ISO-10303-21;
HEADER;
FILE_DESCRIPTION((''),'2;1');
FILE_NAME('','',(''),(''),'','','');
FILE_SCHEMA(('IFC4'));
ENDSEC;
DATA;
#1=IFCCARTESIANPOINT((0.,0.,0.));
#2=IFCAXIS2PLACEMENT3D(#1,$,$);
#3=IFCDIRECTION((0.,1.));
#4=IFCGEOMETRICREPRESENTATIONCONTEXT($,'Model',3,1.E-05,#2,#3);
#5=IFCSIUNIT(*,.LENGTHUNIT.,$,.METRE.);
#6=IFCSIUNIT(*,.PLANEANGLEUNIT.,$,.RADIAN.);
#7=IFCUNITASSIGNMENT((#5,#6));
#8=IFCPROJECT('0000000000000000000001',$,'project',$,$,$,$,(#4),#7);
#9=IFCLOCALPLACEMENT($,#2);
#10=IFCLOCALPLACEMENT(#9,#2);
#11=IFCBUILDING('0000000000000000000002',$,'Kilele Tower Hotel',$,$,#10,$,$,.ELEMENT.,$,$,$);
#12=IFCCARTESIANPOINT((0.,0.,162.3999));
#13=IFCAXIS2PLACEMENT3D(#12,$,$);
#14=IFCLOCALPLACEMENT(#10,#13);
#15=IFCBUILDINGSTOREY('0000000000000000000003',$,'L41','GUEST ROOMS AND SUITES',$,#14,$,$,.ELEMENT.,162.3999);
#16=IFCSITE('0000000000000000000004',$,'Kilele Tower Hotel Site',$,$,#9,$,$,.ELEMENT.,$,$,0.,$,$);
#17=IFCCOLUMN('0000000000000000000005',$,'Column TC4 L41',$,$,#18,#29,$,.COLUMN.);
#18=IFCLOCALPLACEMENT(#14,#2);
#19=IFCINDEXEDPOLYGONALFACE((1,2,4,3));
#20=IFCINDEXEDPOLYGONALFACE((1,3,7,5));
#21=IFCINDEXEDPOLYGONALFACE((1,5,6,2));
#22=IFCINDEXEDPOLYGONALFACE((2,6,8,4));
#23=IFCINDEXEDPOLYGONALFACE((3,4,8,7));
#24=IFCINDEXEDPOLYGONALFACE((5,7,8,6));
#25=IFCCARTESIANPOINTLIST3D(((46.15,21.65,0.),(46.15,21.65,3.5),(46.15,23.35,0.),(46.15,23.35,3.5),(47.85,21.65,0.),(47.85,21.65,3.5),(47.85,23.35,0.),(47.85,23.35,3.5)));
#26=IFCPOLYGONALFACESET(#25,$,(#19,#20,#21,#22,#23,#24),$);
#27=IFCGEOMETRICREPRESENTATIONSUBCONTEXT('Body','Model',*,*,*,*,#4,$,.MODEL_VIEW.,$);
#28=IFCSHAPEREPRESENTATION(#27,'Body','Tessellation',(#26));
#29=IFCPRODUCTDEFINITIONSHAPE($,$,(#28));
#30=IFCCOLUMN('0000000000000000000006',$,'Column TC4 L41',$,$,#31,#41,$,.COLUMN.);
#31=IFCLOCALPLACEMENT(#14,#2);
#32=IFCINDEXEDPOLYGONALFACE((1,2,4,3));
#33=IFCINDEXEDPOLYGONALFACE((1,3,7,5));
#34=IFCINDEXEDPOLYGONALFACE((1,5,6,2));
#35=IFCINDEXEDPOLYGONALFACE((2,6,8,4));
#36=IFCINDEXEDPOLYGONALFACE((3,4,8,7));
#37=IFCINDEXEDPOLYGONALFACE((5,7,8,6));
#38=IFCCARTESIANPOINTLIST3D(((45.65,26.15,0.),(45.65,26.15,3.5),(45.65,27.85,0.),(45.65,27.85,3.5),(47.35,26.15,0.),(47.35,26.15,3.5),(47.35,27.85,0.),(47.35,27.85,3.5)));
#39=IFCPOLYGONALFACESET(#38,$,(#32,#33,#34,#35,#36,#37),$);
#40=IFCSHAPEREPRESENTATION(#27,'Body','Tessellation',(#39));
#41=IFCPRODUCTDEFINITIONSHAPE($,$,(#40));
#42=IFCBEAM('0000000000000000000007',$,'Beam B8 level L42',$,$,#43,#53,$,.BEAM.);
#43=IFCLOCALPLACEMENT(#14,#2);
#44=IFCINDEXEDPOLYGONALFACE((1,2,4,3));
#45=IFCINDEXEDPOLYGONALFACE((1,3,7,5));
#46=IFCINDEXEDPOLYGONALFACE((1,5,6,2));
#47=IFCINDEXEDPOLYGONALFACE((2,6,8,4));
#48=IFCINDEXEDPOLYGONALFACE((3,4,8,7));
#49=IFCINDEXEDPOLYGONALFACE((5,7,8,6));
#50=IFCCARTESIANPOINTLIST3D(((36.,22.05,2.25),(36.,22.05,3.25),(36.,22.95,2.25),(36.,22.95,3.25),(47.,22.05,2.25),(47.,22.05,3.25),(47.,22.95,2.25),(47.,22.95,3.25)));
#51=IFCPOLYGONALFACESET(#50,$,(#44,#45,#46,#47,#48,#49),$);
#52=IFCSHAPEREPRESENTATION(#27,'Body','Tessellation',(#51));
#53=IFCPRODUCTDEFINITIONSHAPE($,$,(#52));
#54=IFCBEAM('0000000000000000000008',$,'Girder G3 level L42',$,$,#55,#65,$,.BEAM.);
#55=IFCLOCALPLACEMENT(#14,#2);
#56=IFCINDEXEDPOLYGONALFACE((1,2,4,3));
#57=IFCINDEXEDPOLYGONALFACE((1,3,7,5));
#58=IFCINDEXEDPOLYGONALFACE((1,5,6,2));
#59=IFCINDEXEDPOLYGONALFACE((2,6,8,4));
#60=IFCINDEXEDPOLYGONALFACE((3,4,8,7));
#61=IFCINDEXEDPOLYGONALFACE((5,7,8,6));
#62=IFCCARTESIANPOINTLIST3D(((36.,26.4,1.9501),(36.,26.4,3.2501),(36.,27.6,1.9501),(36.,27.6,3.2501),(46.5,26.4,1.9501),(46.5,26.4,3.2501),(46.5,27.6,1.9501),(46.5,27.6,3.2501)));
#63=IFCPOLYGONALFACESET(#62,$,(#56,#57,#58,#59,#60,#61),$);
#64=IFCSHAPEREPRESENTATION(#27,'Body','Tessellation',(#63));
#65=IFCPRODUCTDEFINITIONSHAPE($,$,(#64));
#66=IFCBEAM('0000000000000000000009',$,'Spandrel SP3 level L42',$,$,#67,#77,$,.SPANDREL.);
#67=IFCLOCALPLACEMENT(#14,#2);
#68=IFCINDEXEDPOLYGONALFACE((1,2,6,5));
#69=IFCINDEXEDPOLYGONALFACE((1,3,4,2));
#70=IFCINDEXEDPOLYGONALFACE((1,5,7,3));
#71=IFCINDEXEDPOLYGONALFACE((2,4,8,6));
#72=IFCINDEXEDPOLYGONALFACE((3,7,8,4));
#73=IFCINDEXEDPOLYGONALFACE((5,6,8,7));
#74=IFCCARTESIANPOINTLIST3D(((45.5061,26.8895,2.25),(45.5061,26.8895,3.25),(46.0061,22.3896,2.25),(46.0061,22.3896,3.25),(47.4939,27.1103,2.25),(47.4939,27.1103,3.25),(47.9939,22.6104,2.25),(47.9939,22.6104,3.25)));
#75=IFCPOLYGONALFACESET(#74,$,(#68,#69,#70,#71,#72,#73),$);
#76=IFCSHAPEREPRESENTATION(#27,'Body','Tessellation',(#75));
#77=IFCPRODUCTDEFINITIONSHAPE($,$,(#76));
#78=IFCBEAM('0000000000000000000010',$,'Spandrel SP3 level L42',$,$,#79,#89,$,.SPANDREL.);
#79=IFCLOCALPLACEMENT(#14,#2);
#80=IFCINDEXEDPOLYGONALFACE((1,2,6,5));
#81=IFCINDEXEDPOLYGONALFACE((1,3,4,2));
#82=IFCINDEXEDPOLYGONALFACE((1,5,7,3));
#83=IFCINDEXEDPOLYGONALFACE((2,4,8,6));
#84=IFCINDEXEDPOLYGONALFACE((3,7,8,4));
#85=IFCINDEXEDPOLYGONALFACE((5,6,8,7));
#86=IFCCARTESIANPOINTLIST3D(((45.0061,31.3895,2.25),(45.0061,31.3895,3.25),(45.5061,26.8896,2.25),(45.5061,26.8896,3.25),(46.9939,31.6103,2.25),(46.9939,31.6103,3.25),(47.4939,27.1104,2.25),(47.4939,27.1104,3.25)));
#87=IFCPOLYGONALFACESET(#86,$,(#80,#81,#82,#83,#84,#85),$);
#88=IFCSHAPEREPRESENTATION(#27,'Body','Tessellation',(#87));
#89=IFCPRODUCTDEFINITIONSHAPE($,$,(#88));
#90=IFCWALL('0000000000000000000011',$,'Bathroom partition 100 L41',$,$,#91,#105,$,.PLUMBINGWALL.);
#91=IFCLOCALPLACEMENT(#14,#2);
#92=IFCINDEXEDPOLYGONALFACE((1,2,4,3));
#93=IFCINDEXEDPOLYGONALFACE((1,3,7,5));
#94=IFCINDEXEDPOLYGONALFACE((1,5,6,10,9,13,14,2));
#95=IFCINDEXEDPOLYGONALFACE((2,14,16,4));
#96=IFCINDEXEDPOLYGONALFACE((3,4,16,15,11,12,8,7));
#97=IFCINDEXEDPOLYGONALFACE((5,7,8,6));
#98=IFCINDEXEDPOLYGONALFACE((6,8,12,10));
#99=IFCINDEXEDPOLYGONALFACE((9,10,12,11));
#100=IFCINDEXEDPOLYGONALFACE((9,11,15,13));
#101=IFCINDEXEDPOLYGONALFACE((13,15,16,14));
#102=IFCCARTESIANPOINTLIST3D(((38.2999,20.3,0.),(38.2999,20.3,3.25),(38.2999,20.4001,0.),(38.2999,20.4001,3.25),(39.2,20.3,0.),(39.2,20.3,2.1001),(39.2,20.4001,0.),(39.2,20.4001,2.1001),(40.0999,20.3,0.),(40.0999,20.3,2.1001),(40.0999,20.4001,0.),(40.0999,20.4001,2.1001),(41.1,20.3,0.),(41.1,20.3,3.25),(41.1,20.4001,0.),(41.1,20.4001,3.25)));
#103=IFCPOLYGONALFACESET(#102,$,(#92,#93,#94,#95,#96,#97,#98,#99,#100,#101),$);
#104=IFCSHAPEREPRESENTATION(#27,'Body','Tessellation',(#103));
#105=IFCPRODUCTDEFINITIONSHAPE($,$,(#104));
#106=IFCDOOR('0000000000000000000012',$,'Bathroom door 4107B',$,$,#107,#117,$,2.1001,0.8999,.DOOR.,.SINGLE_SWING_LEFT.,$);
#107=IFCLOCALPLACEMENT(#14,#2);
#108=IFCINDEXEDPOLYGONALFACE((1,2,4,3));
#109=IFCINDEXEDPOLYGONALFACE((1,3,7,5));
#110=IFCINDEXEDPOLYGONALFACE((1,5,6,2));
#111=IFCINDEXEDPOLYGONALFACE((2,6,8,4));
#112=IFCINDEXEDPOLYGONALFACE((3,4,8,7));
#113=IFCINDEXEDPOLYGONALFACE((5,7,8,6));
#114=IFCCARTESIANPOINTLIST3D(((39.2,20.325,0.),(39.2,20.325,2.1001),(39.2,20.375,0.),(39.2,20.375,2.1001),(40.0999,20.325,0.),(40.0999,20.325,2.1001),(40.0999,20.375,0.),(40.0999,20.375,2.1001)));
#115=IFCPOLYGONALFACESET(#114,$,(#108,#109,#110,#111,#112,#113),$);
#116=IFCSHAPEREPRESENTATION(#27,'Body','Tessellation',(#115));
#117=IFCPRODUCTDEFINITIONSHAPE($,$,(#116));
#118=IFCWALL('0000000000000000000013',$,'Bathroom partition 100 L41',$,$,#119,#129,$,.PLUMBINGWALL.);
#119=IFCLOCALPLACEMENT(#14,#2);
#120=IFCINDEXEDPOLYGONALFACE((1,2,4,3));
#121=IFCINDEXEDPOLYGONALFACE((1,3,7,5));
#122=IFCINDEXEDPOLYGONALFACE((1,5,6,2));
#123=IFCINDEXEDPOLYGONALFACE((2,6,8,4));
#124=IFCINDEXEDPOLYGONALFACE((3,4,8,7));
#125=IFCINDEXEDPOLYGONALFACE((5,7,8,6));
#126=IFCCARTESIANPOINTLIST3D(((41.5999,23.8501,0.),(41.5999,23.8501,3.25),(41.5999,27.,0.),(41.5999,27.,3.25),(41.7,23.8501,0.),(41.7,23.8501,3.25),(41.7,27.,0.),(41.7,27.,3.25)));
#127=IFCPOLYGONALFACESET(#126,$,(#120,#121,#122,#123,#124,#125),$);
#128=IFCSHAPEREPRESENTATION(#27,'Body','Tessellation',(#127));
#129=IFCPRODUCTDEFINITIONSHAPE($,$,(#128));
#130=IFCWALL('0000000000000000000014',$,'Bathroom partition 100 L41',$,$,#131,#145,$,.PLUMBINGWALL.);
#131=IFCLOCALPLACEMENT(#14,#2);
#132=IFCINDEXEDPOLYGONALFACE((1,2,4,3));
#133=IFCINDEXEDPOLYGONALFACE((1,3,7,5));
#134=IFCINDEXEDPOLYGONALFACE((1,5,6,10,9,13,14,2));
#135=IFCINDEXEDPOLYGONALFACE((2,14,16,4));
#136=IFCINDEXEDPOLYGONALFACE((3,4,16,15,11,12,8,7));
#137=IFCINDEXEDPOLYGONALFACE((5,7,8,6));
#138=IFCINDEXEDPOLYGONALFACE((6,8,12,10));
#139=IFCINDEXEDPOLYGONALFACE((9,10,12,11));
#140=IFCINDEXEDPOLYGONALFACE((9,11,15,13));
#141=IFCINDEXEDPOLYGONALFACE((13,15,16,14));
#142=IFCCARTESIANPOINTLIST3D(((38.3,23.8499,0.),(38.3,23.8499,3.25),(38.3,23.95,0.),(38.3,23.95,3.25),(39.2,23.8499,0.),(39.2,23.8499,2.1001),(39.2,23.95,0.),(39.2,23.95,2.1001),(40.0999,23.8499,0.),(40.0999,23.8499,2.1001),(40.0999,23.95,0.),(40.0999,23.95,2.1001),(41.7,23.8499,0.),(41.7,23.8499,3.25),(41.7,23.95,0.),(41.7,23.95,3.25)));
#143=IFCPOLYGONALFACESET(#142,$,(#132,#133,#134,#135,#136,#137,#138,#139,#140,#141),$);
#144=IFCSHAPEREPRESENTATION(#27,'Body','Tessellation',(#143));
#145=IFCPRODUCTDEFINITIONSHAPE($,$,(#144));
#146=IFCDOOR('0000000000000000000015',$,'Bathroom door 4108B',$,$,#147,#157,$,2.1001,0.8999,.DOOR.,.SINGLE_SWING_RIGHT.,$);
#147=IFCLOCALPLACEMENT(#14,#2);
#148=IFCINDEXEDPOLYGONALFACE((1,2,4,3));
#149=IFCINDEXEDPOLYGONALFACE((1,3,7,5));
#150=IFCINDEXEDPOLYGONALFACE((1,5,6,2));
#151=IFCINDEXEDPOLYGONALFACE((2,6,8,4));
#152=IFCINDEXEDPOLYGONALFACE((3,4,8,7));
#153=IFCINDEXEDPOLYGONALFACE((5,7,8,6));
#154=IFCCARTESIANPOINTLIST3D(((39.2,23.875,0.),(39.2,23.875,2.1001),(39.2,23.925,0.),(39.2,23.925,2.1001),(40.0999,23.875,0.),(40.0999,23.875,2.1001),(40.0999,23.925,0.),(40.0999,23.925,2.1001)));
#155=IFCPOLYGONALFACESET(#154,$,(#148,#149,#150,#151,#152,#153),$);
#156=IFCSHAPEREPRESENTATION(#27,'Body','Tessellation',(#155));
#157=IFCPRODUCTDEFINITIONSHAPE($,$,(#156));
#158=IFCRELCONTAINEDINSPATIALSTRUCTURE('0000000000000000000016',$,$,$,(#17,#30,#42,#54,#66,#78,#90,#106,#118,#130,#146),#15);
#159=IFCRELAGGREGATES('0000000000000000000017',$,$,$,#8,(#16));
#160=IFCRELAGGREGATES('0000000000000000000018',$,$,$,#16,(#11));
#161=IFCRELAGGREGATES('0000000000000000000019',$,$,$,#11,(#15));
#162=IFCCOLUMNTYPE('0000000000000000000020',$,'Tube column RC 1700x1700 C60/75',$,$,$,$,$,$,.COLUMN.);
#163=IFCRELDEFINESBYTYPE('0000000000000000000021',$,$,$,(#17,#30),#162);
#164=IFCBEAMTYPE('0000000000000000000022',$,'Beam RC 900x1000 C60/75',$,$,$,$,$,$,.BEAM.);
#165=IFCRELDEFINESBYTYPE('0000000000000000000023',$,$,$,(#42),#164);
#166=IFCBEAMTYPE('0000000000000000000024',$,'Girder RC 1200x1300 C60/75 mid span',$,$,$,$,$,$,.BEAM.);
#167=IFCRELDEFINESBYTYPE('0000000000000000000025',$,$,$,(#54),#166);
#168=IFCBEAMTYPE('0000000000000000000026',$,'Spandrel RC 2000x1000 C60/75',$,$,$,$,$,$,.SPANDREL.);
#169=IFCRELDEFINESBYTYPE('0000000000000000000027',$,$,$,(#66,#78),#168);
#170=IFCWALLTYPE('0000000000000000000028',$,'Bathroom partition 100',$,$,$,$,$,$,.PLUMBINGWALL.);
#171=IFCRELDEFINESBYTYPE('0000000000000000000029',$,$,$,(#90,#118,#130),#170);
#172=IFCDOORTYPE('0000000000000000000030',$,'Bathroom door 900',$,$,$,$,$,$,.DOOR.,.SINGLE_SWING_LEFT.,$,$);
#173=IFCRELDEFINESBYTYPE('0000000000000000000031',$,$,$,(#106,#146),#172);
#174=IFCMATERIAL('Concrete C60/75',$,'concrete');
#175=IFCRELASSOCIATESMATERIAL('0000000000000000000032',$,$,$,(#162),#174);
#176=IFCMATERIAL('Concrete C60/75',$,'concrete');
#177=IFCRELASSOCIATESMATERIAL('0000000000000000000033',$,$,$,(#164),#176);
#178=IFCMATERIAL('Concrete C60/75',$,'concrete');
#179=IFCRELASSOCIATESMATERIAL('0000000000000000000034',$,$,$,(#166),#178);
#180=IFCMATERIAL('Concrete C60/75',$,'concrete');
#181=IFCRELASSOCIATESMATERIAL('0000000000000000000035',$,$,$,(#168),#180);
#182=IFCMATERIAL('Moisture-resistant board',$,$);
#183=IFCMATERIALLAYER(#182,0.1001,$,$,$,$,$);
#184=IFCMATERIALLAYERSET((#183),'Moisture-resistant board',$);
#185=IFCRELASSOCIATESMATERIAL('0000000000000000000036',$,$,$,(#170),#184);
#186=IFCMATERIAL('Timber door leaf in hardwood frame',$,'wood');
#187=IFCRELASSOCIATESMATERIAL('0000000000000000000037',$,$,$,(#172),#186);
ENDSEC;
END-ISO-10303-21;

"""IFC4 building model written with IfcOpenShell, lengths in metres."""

from ifc_helpers import new_model, si_unit, direction, frame, frame_2d, origin, origin_2d, place, context, subcontext, project, spatial, rectangle, extrude, material, layer, layer_set, material_profile, profile_set, type_object, element, fill, save


model = new_model("IFC4")

# Units and contexts
model_context = context("Model", 3, precision=1e-05, world=origin(), true_north=direction((0.0, 1.0)))
body_context = subcontext(model_context, "Body", "Model", "MODEL_VIEW")
ifc_project = project(units=[si_unit("LENGTHUNIT", "METRE"), si_unit("PLANEANGLEUNIT", "RADIAN")], contexts=[model_context])

# Site, building, storey
site_placement = place(None, origin())
site = spatial("IfcSite", under=ifc_project, at=site_placement, Name="Kilele Tower Hotel Site", CompositionType="ELEMENT", RefElevation=0.0)
building_placement = place(site_placement, origin())
building = spatial("IfcBuilding", under=site, at=building_placement, Name="Kilele Tower Hotel", CompositionType="ELEMENT")
storey_placement = place(building_placement, frame((0.0, 0.0, 162.3999)))
storey = spatial("IfcBuildingStorey", under=building, at=storey_placement, Name="L41", Description="GUEST ROOMS AND SUITES", CompositionType="ELEMENT", Elevation=162.3999)

# Columns
ifc_material_1 = material(Name="Concrete C60/75", Category="concrete")
ifc_material_profile_1 = material_profile(ifc_material_1, rectangle(XDim=1.7, YDim=1.7, at=origin_2d()))
ifc_profile_set_1 = profile_set([ifc_material_profile_1], Name="Concrete C60/75")
column_type = type_object("IfcColumnType", Name="Tube column RC 1700x1700 C60/75", PredefinedType="COLUMN", material=ifc_profile_set_1)
for number, where, z_axis, x_axis, name in (
    (1, (47.0, 22.5, 0.0), (0.0, 0.0, 1.0), (1.0, 0.0, 0.0), "Column TC4 L41"),
    (2, (46.5, 27.0, 0.0), (0.0, 0.0, 1.0), (1.0, 0.0, 0.0), "Column TC4 L41"),
):
    element("IfcColumn", number, at=place(storey_placement, frame(where, z_axis=z_axis, x_axis=x_axis)), inside=storey, type_object=column_type, Name=name, PredefinedType="COLUMN", context=body_context, shape_type="SweptSolid", body=[
        extrude(rectangle(XDim=1.7, YDim=1.7, at=origin_2d()), origin(), (0.0, 0.0, 1.0), 3.5),
    ])

# Beams
ifc_material_2 = material(Name="Concrete C60/75", Category="concrete")
ifc_material_profile_2 = material_profile(ifc_material_2, rectangle(XDim=0.8999, YDim=1.0, at=origin_2d()))
ifc_profile_set_2 = profile_set([ifc_material_profile_2], Name="Concrete C60/75")
beam_type_1 = type_object("IfcBeamType", Name="Beam RC 900x1000 C60/75", PredefinedType="BEAM", material=ifc_profile_set_2)
beam_1_placement = place(storey_placement, frame((47.0, 22.5, 2.75), z_axis=(-1.0, 0.0, 0.0), x_axis=(0.0, -1.0, 0.0)))
element("IfcBeam", 3, at=beam_1_placement, inside=storey, type_object=beam_type_1, Name="Beam B8 level L42", PredefinedType="BEAM", context=body_context, shape_type="SweptSolid", body=[
    extrude(rectangle(XDim=0.8999, YDim=1.0, at=origin_2d()), origin(), (0.0, 0.0, 1.0), 11.0),
])
ifc_material_3 = material(Name="Concrete C60/75", Category="concrete")
ifc_material_profile_3 = material_profile(ifc_material_3, rectangle(XDim=1.2, YDim=1.3, at=origin_2d()))
ifc_profile_set_3 = profile_set([ifc_material_profile_3], Name="Concrete C60/75")
beam_type_2 = type_object("IfcBeamType", Name="Girder RC 1200x1300 C60/75 mid span", PredefinedType="BEAM", material=ifc_profile_set_3)
beam_2_placement = place(storey_placement, frame((46.5, 27.0, 2.6001), z_axis=(-1.0, 0.0, 0.0), x_axis=(0.0, -1.0, 0.0)))
element("IfcBeam", 4, at=beam_2_placement, inside=storey, type_object=beam_type_2, Name="Girder G3 level L42", PredefinedType="BEAM", context=body_context, shape_type="SweptSolid", body=[
    extrude(rectangle(XDim=1.2, YDim=1.3, at=origin_2d()), origin(), (0.0, 0.0, 1.0), 10.5),
])
ifc_material_4 = material(Name="Concrete C60/75", Category="concrete")
ifc_material_profile_4 = material_profile(ifc_material_4, rectangle(XDim=2.0, YDim=1.0, at=origin_2d()))
ifc_profile_set_4 = profile_set([ifc_material_profile_4], Name="Concrete C60/75")
beam_type_3 = type_object("IfcBeamType", Name="Spandrel RC 2000x1000 C60/75", PredefinedType="SPANDREL", material=ifc_profile_set_4)
for number, where, z_axis, x_axis, name in (
    (5, (47.0, 22.5, 2.75), (-0.110432, 0.993884, 0.0), (-0.993884, -0.110432, 0.0), "Spandrel SP3 level L42"),
    (6, (46.5, 27.0, 2.75), (-0.110432, 0.993884, 0.0), (-0.993884, -0.110432, 0.0), "Spandrel SP3 level L42"),
):
    element("IfcBeam", number, at=place(storey_placement, frame(where, z_axis=z_axis, x_axis=x_axis)), inside=storey, type_object=beam_type_3, Name=name, PredefinedType="SPANDREL", context=body_context, shape_type="SweptSolid", body=[
        extrude(rectangle(XDim=2.0, YDim=1.0, at=origin_2d()), origin(), (0.0, 0.0, 1.0), 4.5276),
    ])

# Wall, opening, door
ifc_material_5 = material(Name="Moisture-resistant board")
ifc_layer_1 = layer(ifc_material_5, 0.1001)
ifc_layer_set_1 = layer_set([ifc_layer_1], Name="Moisture-resistant board")
wall_type_1 = type_object("IfcWallType", Name="Bathroom partition 100", PredefinedType="PLUMBINGWALL", material=ifc_layer_set_1)
wall_1_placement = place(storey_placement, frame((38.3, 20.3501, 0.0), z_axis=(0.0, 0.0, 1.0), x_axis=(1.0, 0.0, 0.0)))
wall_1 = element("IfcWall", 7, at=wall_1_placement, inside=storey, type_object=wall_type_1, Name="Bathroom partition 100 L41", PredefinedType="PLUMBINGWALL", context=body_context, shape_type="SweptSolid", body=[
    extrude(rectangle(XDim=2.8, YDim=0.1001, at=frame_2d((1.3999, 0.0))), origin(), (0.0, 0.0, 1.0), 3.25),
])
opening_1_placement = place(wall_1_placement, frame((0.8999, 0.0, 0.0)))
opening_1 = element("IfcOpeningElement", 8, at=opening_1_placement, cuts=wall_1, PredefinedType="OPENING", context=body_context, shape_type="SweptSolid", body=[
    extrude(rectangle(XDim=0.8999, YDim=2.1001, at=frame_2d((0.45, 1.05))), frame((0.0, 0.0601, 0.0), z_axis=(0.0, -1.0, 0.0), x_axis=(1.0, 0.0, 0.0)), (0.0, 0.0, 1.0), 0.1201),
])
ifc_material_6 = material(Name="Timber door leaf in hardwood frame", Category="wood")
door_type_1 = type_object("IfcDoorType", Name="Bathroom door 900", OperationType="SINGLE_SWING_LEFT", PredefinedType="DOOR", material=ifc_material_6)
door_1_placement = place(opening_1_placement, origin())
door_1 = element("IfcDoor", 9, at=door_1_placement, inside=storey, type_object=door_type_1, Name="Bathroom door 4107B", OperationType="SINGLE_SWING_LEFT", OverallHeight=2.1001, OverallWidth=0.8999, PredefinedType="DOOR", context=body_context, shape_type="SweptSolid", body=[
    extrude(rectangle(XDim=0.8999, YDim=2.1001, at=frame_2d((0.45, 1.05))), frame((0.0, 0.0249, 0.0), z_axis=(0.0, -1.0, 0.0), x_axis=(1.0, 0.0, 0.0)), (0.0, 0.0, 1.0), 0.05),
])
fill(opening_1, door_1)

# Wall
wall_2_placement = place(storey_placement, frame((41.6499, 23.8501, 0.0), z_axis=(0.0, 0.0, 1.0), x_axis=(0.0, 1.0, 0.0)))
element("IfcWall", 10, at=wall_2_placement, inside=storey, type_object=wall_type_1, Name="Bathroom partition 100 L41", PredefinedType="PLUMBINGWALL", context=body_context, shape_type="SweptSolid", body=[
    extrude(rectangle(XDim=3.1499, YDim=0.1001, at=frame_2d((1.575, 0.0))), origin(), (0.0, 0.0, 1.0), 3.25),
])

# Wall, opening, door
wall_3_placement = place(storey_placement, frame((38.3, 23.8999, 0.0), z_axis=(0.0, 0.0, 1.0), x_axis=(1.0, 0.0, 0.0)))
wall_3 = element("IfcWall", 11, at=wall_3_placement, inside=storey, type_object=wall_type_1, Name="Bathroom partition 100 L41", PredefinedType="PLUMBINGWALL", context=body_context, shape_type="SweptSolid", body=[
    extrude(rectangle(XDim=3.3999, YDim=0.1001, at=frame_2d((1.7, 0.0))), origin(), (0.0, 0.0, 1.0), 3.25),
])
opening_2_placement = place(wall_3_placement, frame((1.7998, 0.0, 0.0), z_axis=(0.0, 0.0, 1.0), x_axis=(-1.0, 0.0, 0.0)))
opening_2 = element("IfcOpeningElement", 12, at=opening_2_placement, cuts=wall_3, PredefinedType="OPENING", context=body_context, shape_type="SweptSolid", body=[
    extrude(rectangle(XDim=0.8999, YDim=2.1001, at=frame_2d((0.45, 1.05))), frame((0.0, 0.0601, 0.0), z_axis=(0.0, -1.0, 0.0), x_axis=(1.0, 0.0, 0.0)), (0.0, 0.0, 1.0), 0.1201),
])
door_2_placement = place(opening_2_placement, origin())
door_2 = element("IfcDoor", 13, at=door_2_placement, inside=storey, type_object=door_type_1, Name="Bathroom door 4108B", OperationType="SINGLE_SWING_RIGHT", OverallHeight=2.1001, OverallWidth=0.8999, PredefinedType="DOOR", context=body_context, shape_type="SweptSolid", body=[
    extrude(rectangle(XDim=0.8999, YDim=2.1001, at=frame_2d((0.45, 1.05))), frame((0.0, 0.0249, 0.0), z_axis=(0.0, -1.0, 0.0), x_axis=(1.0, 0.0, 0.0)), (0.0, 0.0, 1.0), 0.05),
])
fill(opening_2, door_2)

save(model, "model.ifc")
